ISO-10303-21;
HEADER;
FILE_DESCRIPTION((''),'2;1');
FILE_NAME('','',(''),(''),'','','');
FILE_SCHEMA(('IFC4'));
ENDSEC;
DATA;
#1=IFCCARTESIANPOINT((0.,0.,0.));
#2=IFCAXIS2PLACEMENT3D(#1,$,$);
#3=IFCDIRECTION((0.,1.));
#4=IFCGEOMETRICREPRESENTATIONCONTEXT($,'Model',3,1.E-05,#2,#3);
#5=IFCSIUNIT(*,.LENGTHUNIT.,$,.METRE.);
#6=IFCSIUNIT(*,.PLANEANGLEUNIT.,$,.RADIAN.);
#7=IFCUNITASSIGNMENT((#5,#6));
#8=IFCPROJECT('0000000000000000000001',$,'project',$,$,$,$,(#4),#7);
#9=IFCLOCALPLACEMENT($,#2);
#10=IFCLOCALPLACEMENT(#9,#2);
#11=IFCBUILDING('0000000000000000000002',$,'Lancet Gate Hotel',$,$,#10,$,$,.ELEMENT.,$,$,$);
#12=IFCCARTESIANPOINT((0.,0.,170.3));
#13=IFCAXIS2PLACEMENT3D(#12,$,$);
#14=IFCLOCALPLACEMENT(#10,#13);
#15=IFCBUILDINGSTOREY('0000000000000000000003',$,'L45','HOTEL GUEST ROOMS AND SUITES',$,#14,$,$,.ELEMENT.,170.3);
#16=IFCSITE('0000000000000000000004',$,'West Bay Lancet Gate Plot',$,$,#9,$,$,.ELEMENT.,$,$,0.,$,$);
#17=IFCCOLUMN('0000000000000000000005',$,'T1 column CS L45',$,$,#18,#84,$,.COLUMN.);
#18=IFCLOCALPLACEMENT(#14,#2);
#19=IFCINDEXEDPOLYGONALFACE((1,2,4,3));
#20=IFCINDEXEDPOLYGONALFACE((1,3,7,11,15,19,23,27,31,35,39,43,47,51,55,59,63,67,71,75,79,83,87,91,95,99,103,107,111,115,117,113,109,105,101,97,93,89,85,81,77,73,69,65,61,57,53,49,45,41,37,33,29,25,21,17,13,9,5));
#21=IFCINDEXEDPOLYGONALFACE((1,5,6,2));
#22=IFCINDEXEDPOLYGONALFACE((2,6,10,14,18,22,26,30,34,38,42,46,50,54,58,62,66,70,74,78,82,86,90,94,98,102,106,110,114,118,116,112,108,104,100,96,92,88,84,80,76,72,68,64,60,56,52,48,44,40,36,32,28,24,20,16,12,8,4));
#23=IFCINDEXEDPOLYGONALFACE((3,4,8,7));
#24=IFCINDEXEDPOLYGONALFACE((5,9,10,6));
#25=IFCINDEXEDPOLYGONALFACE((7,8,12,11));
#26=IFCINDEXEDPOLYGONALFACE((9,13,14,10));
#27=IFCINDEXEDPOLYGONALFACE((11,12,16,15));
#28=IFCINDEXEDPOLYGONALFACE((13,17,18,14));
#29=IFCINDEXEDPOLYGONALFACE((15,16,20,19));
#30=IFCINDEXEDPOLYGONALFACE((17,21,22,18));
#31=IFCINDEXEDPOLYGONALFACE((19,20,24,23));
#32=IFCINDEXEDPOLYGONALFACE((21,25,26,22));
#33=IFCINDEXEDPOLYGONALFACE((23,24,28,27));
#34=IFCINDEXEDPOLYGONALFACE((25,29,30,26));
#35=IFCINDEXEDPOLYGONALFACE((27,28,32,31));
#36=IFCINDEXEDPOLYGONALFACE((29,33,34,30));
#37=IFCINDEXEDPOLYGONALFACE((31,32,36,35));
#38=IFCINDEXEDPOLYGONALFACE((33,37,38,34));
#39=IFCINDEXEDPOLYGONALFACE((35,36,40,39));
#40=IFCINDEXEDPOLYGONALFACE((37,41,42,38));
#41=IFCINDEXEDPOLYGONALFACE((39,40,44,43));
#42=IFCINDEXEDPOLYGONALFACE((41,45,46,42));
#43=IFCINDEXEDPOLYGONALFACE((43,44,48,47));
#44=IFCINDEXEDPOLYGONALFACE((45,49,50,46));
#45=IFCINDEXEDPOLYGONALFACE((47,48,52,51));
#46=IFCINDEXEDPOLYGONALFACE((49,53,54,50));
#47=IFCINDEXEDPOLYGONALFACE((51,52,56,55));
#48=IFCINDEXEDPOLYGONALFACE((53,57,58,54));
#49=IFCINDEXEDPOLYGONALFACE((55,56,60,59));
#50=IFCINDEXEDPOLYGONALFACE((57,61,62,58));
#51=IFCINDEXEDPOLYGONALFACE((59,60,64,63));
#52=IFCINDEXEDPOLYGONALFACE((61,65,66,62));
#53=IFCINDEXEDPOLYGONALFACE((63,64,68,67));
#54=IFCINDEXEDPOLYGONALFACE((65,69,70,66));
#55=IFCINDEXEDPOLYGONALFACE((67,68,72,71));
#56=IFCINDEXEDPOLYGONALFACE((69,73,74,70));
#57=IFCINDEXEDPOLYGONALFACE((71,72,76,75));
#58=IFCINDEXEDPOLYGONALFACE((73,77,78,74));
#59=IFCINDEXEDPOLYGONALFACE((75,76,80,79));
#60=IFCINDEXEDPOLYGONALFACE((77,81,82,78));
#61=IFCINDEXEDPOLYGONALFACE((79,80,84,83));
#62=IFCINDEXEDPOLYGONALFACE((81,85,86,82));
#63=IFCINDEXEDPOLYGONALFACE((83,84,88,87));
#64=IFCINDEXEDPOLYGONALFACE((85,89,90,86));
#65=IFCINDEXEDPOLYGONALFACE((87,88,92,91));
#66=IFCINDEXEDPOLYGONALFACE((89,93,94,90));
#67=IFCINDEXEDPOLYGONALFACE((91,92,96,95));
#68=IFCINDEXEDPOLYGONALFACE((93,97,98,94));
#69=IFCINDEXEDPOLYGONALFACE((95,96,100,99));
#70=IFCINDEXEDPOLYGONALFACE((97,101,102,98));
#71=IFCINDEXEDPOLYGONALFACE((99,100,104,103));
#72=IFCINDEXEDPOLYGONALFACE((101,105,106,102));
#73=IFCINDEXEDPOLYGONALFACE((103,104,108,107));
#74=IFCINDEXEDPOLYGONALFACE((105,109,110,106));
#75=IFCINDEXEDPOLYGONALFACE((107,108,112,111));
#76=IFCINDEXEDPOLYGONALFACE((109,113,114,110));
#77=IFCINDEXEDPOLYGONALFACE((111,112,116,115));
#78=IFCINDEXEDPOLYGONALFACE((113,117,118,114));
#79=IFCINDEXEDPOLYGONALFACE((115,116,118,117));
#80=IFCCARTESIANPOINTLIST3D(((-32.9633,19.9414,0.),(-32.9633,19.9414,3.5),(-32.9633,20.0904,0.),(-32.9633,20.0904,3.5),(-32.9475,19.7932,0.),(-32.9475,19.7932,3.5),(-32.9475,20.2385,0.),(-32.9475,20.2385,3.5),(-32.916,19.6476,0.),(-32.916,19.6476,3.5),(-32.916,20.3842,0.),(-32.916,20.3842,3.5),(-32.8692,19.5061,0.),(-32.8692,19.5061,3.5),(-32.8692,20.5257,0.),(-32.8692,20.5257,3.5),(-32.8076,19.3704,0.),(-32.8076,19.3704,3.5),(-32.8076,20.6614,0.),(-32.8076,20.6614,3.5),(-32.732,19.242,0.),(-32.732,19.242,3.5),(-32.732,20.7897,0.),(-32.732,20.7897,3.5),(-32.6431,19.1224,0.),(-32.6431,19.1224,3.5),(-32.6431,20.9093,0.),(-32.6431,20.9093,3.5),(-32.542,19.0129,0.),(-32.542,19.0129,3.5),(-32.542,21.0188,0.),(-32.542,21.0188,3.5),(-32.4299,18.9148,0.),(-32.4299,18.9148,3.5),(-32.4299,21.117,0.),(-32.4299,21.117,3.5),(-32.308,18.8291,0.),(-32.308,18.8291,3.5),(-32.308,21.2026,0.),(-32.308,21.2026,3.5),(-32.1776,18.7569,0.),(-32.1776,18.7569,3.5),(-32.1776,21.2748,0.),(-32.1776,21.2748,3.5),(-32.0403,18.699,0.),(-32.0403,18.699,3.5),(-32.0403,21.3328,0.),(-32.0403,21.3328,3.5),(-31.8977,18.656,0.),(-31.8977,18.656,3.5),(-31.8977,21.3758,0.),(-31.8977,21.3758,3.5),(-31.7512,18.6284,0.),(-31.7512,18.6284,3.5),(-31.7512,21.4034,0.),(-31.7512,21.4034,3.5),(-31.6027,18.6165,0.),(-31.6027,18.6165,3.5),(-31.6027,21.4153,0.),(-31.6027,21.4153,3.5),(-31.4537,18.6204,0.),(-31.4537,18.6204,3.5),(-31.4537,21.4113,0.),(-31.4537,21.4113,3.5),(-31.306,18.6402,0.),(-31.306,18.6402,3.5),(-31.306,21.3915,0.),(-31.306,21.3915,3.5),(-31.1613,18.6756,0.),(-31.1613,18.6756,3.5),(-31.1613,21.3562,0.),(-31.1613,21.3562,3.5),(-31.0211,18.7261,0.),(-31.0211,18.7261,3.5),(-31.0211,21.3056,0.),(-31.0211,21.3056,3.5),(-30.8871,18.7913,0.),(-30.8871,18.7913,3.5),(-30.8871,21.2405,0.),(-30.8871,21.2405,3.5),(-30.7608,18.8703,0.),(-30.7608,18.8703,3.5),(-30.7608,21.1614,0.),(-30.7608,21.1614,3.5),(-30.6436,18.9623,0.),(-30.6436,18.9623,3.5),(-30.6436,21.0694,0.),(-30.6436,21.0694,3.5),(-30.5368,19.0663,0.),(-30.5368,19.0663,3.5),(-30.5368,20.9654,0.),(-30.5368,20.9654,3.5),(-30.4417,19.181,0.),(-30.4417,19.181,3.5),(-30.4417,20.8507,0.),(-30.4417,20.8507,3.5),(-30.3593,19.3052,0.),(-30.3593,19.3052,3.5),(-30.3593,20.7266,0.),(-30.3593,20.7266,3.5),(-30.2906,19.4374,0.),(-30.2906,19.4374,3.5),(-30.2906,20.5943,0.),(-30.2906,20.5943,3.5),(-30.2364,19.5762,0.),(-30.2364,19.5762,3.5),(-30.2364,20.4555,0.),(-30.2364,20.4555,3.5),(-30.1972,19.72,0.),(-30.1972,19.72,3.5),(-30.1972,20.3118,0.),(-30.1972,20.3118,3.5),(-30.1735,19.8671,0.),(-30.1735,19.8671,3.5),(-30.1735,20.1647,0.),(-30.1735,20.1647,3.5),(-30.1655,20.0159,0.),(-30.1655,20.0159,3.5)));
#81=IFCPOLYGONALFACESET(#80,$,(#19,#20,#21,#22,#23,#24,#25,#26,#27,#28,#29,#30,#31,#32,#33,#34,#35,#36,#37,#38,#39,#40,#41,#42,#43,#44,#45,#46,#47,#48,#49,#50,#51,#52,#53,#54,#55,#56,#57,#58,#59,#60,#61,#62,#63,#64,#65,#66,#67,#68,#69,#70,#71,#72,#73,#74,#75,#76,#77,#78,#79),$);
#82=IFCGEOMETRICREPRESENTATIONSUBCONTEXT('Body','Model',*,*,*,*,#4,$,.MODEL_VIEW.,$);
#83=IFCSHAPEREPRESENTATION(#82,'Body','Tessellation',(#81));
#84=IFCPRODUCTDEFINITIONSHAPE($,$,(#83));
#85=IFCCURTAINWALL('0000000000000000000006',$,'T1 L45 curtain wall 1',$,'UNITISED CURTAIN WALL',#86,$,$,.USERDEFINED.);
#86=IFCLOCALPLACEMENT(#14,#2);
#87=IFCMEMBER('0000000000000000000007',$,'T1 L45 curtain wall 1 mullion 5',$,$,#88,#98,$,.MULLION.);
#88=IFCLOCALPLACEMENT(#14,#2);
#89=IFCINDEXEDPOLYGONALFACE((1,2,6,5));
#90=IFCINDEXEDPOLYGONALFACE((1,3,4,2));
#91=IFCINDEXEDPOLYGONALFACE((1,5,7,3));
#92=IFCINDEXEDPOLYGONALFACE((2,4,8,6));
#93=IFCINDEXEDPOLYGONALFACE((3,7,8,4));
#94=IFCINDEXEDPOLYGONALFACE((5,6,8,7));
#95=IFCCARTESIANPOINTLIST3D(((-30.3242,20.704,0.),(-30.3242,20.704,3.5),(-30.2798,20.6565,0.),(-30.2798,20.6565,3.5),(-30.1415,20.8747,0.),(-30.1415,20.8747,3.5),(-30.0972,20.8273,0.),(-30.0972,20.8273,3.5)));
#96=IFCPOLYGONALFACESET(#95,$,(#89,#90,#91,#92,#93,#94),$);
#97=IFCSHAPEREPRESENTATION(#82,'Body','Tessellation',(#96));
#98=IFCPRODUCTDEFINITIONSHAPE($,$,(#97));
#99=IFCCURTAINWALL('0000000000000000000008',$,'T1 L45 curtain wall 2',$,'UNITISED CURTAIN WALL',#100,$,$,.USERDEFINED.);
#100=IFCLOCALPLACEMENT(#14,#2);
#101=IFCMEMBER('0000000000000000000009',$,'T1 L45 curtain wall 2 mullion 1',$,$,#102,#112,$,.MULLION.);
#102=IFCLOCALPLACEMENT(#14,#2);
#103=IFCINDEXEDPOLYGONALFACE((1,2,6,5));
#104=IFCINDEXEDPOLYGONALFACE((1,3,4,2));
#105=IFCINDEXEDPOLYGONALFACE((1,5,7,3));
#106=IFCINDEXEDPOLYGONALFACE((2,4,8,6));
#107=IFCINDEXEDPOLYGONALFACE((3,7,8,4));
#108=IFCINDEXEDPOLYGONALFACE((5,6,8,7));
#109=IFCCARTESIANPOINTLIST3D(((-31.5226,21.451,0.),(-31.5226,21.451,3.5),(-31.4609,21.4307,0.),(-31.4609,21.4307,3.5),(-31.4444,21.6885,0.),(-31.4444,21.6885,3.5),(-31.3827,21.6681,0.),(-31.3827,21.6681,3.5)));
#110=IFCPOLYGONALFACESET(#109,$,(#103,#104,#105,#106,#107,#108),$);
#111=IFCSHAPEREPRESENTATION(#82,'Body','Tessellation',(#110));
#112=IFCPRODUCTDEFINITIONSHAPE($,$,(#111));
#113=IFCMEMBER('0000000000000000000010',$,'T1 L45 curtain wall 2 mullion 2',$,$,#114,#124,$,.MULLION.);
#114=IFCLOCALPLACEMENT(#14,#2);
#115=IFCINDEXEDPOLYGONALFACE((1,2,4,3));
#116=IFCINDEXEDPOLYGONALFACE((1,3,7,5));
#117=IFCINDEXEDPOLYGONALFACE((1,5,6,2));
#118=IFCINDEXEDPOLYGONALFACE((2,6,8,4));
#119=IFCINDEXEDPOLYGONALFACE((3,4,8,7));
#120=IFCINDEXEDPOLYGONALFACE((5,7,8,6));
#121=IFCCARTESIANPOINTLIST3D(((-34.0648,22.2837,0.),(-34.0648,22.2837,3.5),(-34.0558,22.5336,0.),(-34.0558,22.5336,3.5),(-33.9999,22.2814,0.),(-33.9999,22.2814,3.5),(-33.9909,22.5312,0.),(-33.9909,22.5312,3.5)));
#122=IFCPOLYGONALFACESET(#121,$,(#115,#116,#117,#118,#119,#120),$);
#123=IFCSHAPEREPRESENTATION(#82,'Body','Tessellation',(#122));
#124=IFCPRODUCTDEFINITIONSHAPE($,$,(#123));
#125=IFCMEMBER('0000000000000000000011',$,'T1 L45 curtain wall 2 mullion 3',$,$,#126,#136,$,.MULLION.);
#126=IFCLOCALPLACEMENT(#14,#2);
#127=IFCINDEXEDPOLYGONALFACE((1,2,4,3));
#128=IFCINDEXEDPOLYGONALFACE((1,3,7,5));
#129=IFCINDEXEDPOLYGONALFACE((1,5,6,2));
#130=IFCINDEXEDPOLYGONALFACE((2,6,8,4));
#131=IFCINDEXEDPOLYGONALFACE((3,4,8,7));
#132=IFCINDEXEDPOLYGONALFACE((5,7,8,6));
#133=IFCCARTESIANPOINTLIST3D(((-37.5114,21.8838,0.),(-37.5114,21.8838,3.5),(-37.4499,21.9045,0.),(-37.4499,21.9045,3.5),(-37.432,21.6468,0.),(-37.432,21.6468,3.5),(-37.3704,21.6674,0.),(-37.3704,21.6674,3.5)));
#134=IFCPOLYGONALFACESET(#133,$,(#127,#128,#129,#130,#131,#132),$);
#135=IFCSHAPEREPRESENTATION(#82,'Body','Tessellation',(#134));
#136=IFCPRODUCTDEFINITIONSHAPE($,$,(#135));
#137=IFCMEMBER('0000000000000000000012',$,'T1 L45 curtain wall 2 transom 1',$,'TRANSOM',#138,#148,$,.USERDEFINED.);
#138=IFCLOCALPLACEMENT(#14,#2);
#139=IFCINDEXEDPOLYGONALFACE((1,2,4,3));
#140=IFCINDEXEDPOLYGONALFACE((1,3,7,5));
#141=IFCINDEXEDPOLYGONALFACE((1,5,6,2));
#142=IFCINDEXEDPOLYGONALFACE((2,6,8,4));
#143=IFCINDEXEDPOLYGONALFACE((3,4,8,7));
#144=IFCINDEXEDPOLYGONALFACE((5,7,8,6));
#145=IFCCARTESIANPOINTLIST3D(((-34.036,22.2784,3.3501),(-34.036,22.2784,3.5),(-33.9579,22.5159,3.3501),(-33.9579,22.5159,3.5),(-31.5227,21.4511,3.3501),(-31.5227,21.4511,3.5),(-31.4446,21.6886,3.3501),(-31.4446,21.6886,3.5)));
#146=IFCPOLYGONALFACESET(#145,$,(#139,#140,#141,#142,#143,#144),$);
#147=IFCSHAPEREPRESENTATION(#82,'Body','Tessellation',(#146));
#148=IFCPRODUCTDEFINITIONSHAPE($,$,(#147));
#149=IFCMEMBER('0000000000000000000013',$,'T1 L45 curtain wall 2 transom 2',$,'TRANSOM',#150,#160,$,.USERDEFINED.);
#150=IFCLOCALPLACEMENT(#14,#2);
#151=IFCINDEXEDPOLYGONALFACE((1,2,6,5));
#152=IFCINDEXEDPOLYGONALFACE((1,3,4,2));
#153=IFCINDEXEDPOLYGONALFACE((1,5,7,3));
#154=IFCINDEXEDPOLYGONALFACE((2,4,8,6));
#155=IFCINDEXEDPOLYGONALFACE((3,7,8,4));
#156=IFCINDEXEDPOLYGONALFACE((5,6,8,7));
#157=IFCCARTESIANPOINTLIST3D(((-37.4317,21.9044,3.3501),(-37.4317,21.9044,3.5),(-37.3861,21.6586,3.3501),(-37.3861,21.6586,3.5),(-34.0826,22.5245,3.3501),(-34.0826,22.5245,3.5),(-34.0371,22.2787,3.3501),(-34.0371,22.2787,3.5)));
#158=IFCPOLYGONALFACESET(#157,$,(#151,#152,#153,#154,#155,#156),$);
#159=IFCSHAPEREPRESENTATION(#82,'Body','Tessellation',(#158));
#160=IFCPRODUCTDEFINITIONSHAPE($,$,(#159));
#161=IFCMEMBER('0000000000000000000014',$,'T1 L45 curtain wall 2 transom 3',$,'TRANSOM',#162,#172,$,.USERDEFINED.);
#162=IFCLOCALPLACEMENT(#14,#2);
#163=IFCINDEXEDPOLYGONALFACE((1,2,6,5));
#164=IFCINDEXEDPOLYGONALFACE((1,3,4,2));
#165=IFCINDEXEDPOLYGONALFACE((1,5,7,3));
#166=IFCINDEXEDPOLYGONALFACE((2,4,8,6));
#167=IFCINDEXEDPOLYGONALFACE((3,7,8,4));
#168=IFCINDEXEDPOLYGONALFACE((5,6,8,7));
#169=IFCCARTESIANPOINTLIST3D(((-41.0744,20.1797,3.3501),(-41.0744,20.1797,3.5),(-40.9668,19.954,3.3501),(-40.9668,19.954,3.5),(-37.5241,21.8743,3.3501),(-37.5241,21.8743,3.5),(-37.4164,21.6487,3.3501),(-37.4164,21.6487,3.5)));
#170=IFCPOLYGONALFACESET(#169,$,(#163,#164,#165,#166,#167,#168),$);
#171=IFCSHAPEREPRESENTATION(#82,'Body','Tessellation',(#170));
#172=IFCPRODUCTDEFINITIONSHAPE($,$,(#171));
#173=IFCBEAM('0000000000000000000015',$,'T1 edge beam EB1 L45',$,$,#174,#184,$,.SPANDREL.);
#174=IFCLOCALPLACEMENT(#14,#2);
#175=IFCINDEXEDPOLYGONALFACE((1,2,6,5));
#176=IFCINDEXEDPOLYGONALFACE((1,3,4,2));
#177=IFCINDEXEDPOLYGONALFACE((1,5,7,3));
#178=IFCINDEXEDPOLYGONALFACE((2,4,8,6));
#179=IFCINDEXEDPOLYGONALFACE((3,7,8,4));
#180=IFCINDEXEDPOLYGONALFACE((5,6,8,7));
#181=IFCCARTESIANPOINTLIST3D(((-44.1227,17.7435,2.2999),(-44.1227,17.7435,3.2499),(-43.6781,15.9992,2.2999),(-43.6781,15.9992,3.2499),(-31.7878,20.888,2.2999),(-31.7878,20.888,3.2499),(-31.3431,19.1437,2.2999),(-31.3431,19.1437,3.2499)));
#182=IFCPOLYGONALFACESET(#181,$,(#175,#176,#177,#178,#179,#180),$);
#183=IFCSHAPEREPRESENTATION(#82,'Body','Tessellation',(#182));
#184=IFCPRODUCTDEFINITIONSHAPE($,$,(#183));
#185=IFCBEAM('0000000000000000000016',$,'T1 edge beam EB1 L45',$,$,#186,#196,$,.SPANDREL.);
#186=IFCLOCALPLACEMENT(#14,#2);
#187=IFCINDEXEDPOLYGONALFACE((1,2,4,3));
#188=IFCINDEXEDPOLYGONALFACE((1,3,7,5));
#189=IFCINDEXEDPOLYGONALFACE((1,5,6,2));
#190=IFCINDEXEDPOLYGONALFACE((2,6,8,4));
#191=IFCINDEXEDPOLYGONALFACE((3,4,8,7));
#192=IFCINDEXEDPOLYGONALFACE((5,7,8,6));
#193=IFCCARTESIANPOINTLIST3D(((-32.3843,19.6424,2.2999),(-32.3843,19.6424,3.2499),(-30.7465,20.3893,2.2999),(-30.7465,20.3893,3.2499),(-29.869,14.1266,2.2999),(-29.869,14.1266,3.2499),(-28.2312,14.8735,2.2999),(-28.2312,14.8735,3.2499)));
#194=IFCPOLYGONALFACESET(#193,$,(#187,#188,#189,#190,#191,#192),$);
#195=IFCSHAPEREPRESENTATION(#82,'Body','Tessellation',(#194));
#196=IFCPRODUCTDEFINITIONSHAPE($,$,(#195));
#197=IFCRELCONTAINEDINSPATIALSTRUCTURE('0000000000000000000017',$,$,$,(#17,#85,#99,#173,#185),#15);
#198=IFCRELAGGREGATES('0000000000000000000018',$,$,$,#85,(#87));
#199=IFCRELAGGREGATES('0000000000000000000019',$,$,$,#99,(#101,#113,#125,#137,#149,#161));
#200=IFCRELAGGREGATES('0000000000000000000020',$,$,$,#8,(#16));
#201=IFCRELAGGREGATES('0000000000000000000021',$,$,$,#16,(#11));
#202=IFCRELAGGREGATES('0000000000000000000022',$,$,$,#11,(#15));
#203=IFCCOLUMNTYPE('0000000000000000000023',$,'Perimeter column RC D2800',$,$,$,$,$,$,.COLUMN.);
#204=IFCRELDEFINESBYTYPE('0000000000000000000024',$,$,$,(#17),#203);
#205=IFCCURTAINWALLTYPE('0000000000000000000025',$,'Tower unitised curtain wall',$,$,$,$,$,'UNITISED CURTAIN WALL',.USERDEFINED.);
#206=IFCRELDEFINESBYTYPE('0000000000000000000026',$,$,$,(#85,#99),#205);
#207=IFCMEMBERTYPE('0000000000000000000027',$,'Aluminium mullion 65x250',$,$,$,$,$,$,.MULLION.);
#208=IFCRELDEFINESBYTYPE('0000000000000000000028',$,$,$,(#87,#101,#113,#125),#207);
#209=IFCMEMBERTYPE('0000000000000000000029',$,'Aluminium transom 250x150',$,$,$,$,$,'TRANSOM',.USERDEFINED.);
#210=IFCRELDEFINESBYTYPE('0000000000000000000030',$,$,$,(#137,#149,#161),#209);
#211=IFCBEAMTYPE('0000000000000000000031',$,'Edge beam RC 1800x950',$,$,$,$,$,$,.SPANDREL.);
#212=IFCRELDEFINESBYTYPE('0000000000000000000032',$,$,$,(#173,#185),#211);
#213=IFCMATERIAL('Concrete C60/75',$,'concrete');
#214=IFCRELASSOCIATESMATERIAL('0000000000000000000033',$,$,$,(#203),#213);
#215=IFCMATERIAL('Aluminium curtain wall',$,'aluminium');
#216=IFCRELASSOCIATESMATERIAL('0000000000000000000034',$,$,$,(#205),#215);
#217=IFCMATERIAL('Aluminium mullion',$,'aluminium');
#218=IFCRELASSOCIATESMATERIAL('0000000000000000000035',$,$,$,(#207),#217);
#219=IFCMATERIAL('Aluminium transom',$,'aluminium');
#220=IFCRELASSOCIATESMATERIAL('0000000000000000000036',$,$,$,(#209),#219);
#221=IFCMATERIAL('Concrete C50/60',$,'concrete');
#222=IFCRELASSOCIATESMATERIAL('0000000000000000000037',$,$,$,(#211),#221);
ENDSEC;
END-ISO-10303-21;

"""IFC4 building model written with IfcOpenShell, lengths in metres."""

from ifc_helpers import new_model, si_unit, direction, frame, origin, origin_2d, place, context, subcontext, project, spatial, rectangle, circle, extrude, material, material_profile, profile_set, type_object, element, aggregate, save


model = new_model("IFC4")

# Units and contexts
model_context = context("Model", 3, precision=1e-05, world=origin(), true_north=direction((0.0, 1.0)))
body_context = subcontext(model_context, "Body", "Model", "MODEL_VIEW")
ifc_project = project(units=[si_unit("LENGTHUNIT", "METRE"), si_unit("PLANEANGLEUNIT", "RADIAN")], contexts=[model_context])

# Site, building, storey
site_placement = place(None, origin())
site = spatial("IfcSite", under=ifc_project, at=site_placement, Name="West Bay Lancet Gate Plot", CompositionType="ELEMENT", RefElevation=0.0)
building_placement = place(site_placement, origin())
building = spatial("IfcBuilding", under=site, at=building_placement, Name="Lancet Gate Hotel", CompositionType="ELEMENT")
storey_placement = place(building_placement, frame((0.0, 0.0, 170.3)))
storey = spatial("IfcBuildingStorey", under=building, at=storey_placement, Name="L45", Description="HOTEL GUEST ROOMS AND SUITES", CompositionType="ELEMENT", Elevation=170.3)

# Column
ifc_material_1 = material(Name="Concrete C60/75", Category="concrete")
ifc_material_profile_1 = material_profile(ifc_material_1, circle(Radius=1.3999, at=origin_2d()), Name="RC D2800")
ifc_profile_set_1 = profile_set([ifc_material_profile_1], Name="Concrete C60/75")
column_type = type_object("IfcColumnType", Name="Perimeter column RC D2800", PredefinedType="COLUMN", material=ifc_profile_set_1)
column_placement = place(storey_placement, frame((-31.5654, 20.0159, 0.0), z_axis=(0.0, 0.0, 1.0), x_axis=(1.0, 0.0, 0.0)))
element("IfcColumn", 1, at=column_placement, inside=storey, type_object=column_type, Name="T1 column CS L45", PredefinedType="COLUMN", context=body_context, shape_type="SweptSolid", body=[
    extrude(circle(Radius=1.3999, at=origin_2d()), origin(), (0.0, 0.0, 1.0), 3.5),
])

# Curtain wall, member
ifc_material_2 = material(Name="Aluminium curtain wall", Category="aluminium")
curtain_wall_type = type_object("IfcCurtainWallType", Name="Tower unitised curtain wall", ElementType="UNITISED CURTAIN WALL", PredefinedType="USERDEFINED", material=ifc_material_2)
curtain_wall_1_placement = place(storey_placement, origin())
curtain_wall_1 = element("IfcCurtainWall", 2, at=curtain_wall_1_placement, inside=storey, type_object=curtain_wall_type, Name="T1 L45 curtain wall 1", ObjectType="UNITISED CURTAIN WALL", PredefinedType="USERDEFINED")
ifc_material_3 = material(Name="Aluminium mullion", Category="aluminium")
ifc_material_profile_2 = material_profile(ifc_material_3, rectangle(XDim=0.0649, YDim=0.25, at=origin_2d()), Name="MULLION 65x250")
ifc_profile_set_2 = profile_set([ifc_material_profile_2], Name="Aluminium mullion")
member_type_1 = type_object("IfcMemberType", Name="Aluminium mullion 65x250", PredefinedType="MULLION", material=ifc_profile_set_2)
member_1_placement = place(storey_placement, frame((-30.2107, 20.7656, 0.0), z_axis=(0.0, 0.0, 1.0), x_axis=(-0.682845, 0.730563, 0.0)))
member_1 = element("IfcMember", 3, at=member_1_placement, type_object=member_type_1, Name="T1 L45 curtain wall 1 mullion 5", PredefinedType="MULLION", context=body_context, shape_type="SweptSolid", body=[
    extrude(rectangle(XDim=0.0649, YDim=0.25, at=origin_2d()), origin(), (0.0, 0.0, 1.0), 3.5),
])
aggregate(curtain_wall_1, [member_1])

# Curtain wall, members
curtain_wall_2_placement = place(storey_placement, origin())
curtain_wall_2 = element("IfcCurtainWall", 4, at=curtain_wall_2_placement, inside=storey, type_object=curtain_wall_type, Name="T1 L45 curtain wall 2", ObjectType="UNITISED CURTAIN WALL", PredefinedType="USERDEFINED")
member_2_placement = place(storey_placement, frame((-31.4526, 21.5596, 0.0), z_axis=(0.0, 0.0, 1.0), x_axis=(-0.949848, 0.312712, 0.0)))
member_2 = element("IfcMember", 5, at=member_2_placement, type_object=member_type_1, Name="T1 L45 curtain wall 2 mullion 1", PredefinedType="MULLION", context=body_context, shape_type="SweptSolid", body=[
    extrude(rectangle(XDim=0.0649, YDim=0.25, at=origin_2d()), origin(), (0.0, 0.0, 1.0), 3.5),
])
member_3_placement = place(storey_placement, frame((-34.0278, 22.4075, 0.0), z_axis=(0.0, 0.0, 1.0), x_axis=(-0.99935, 0.036037, 0.0)))
member_3 = element("IfcMember", 6, at=member_3_placement, type_object=member_type_1, Name="T1 L45 curtain wall 2 mullion 2", PredefinedType="MULLION", context=body_context, shape_type="SweptSolid", body=[
    extrude(rectangle(XDim=0.0649, YDim=0.25, at=origin_2d()), origin(), (0.0, 0.0, 1.0), 3.5),
])
member_4_placement = place(storey_placement, frame((-37.4409, 21.7756, 0.0), z_axis=(0.0, 0.0, 1.0), x_axis=(-0.948119, -0.317915, 0.0)))
member_4 = element("IfcMember", 7, at=member_4_placement, type_object=member_type_1, Name="T1 L45 curtain wall 2 mullion 3", PredefinedType="MULLION", context=body_context, shape_type="SweptSolid", body=[
    extrude(rectangle(XDim=0.0649, YDim=0.25, at=origin_2d()), origin(), (0.0, 0.0, 1.0), 3.5),
])
ifc_material_4 = material(Name="Aluminium transom", Category="aluminium")
ifc_material_profile_3 = material_profile(ifc_material_4, rectangle(XDim=0.25, YDim=0.1499, at=origin_2d()), Name="TRANSOM 250x150")
ifc_profile_set_3 = profile_set([ifc_material_profile_3], Name="Aluminium transom")
member_type_2 = type_object("IfcMemberType", Name="Aluminium transom 250x150", ElementType="TRANSOM", PredefinedType="USERDEFINED", material=ifc_profile_set_3)
member_5_placement = place(storey_placement, frame((-31.4836, 21.5698, 3.425), z_axis=(-0.949858, 0.312683, 0.0), x_axis=(-0.312683, -0.949858, 0.0)))
member_5 = element("IfcMember", 8, at=member_5_placement, type_object=member_type_2, Name="T1 L45 curtain wall 2 transom 1", ObjectType="TRANSOM", PredefinedType="USERDEFINED", context=body_context, shape_type="SweptSolid", body=[
    extrude(rectangle(XDim=0.25, YDim=0.1499, at=origin_2d()), origin(), (0.0, 0.0, 1.0), 2.646),
])
member_6_placement = place(storey_placement, frame((-34.0598, 22.4016, 3.425), z_axis=(-0.983287, -0.182064, 0.0), x_axis=(0.182064, -0.983287, 0.0)))
member_6 = element("IfcMember", 9, at=member_6_placement, type_object=member_type_2, Name="T1 L45 curtain wall 2 transom 2", ObjectType="TRANSOM", PredefinedType="USERDEFINED", context=body_context, shape_type="SweptSolid", body=[
    extrude(rectangle(XDim=0.25, YDim=0.1499, at=origin_2d()), origin(), (0.0, 0.0, 1.0), 3.406),
])
member_7_placement = place(storey_placement, frame((-37.4702, 21.7615, 3.425), z_axis=(-0.902469, -0.430755, 0.0), x_axis=(0.430755, -0.902469, 0.0)))
member_7 = element("IfcMember", 10, at=member_7_placement, type_object=member_type_2, Name="T1 L45 curtain wall 2 transom 3", ObjectType="TRANSOM", PredefinedType="USERDEFINED", context=body_context, shape_type="SweptSolid", body=[
    extrude(rectangle(XDim=0.25, YDim=0.1499, at=origin_2d()), origin(), (0.0, 0.0, 1.0), 3.9341),
])

# Beams
ifc_material_5 = material(Name="Concrete C50/60", Category="concrete")
ifc_material_profile_4 = material_profile(ifc_material_5, rectangle(XDim=1.8, YDim=0.95, at=origin_2d()), Name="RC 1800x950")
ifc_profile_set_4 = profile_set([ifc_material_profile_4], Name="Concrete C50/60")
beam_type_1 = type_object("IfcBeamType", Name="Edge beam RC 1800x950", PredefinedType="SPANDREL", material=ifc_profile_set_4)
beam_1_placement = place(storey_placement, frame((-31.5654, 20.0159, 2.7749), z_axis=(-0.969008, -0.247028, 0.0), x_axis=(0.247028, -0.969008, 0.0)))
element("IfcBeam", 11, at=beam_1_placement, inside=storey, type_object=beam_type_1, Name="T1 edge beam EB1 L45", PredefinedType="SPANDREL", context=body_context, shape_type="SweptSolid", body=[
    extrude(rectangle(XDim=1.8, YDim=0.95, at=origin_2d()), origin(), (0.0, 0.0, 1.0), 12.7295),
])
beam_2_placement = place(storey_placement, frame((-31.5654, 20.0159, 2.7749), z_axis=(0.414919, -0.909858, 0.0), x_axis=(0.909858, 0.414919, 0.0)))
element("IfcBeam", 12, at=beam_2_placement, inside=storey, type_object=beam_type_1, Name="T1 edge beam EB1 L45", PredefinedType="SPANDREL", context=body_context, shape_type="SweptSolid", body=[
    extrude(rectangle(XDim=1.8, YDim=0.95, at=origin_2d()), origin(), (0.0, 0.0, 1.0), 6.0623),
])

aggregate(curtain_wall_2, [member_2, member_3, member_4, member_5, member_6, member_7])

save(model, "model.ifc")
